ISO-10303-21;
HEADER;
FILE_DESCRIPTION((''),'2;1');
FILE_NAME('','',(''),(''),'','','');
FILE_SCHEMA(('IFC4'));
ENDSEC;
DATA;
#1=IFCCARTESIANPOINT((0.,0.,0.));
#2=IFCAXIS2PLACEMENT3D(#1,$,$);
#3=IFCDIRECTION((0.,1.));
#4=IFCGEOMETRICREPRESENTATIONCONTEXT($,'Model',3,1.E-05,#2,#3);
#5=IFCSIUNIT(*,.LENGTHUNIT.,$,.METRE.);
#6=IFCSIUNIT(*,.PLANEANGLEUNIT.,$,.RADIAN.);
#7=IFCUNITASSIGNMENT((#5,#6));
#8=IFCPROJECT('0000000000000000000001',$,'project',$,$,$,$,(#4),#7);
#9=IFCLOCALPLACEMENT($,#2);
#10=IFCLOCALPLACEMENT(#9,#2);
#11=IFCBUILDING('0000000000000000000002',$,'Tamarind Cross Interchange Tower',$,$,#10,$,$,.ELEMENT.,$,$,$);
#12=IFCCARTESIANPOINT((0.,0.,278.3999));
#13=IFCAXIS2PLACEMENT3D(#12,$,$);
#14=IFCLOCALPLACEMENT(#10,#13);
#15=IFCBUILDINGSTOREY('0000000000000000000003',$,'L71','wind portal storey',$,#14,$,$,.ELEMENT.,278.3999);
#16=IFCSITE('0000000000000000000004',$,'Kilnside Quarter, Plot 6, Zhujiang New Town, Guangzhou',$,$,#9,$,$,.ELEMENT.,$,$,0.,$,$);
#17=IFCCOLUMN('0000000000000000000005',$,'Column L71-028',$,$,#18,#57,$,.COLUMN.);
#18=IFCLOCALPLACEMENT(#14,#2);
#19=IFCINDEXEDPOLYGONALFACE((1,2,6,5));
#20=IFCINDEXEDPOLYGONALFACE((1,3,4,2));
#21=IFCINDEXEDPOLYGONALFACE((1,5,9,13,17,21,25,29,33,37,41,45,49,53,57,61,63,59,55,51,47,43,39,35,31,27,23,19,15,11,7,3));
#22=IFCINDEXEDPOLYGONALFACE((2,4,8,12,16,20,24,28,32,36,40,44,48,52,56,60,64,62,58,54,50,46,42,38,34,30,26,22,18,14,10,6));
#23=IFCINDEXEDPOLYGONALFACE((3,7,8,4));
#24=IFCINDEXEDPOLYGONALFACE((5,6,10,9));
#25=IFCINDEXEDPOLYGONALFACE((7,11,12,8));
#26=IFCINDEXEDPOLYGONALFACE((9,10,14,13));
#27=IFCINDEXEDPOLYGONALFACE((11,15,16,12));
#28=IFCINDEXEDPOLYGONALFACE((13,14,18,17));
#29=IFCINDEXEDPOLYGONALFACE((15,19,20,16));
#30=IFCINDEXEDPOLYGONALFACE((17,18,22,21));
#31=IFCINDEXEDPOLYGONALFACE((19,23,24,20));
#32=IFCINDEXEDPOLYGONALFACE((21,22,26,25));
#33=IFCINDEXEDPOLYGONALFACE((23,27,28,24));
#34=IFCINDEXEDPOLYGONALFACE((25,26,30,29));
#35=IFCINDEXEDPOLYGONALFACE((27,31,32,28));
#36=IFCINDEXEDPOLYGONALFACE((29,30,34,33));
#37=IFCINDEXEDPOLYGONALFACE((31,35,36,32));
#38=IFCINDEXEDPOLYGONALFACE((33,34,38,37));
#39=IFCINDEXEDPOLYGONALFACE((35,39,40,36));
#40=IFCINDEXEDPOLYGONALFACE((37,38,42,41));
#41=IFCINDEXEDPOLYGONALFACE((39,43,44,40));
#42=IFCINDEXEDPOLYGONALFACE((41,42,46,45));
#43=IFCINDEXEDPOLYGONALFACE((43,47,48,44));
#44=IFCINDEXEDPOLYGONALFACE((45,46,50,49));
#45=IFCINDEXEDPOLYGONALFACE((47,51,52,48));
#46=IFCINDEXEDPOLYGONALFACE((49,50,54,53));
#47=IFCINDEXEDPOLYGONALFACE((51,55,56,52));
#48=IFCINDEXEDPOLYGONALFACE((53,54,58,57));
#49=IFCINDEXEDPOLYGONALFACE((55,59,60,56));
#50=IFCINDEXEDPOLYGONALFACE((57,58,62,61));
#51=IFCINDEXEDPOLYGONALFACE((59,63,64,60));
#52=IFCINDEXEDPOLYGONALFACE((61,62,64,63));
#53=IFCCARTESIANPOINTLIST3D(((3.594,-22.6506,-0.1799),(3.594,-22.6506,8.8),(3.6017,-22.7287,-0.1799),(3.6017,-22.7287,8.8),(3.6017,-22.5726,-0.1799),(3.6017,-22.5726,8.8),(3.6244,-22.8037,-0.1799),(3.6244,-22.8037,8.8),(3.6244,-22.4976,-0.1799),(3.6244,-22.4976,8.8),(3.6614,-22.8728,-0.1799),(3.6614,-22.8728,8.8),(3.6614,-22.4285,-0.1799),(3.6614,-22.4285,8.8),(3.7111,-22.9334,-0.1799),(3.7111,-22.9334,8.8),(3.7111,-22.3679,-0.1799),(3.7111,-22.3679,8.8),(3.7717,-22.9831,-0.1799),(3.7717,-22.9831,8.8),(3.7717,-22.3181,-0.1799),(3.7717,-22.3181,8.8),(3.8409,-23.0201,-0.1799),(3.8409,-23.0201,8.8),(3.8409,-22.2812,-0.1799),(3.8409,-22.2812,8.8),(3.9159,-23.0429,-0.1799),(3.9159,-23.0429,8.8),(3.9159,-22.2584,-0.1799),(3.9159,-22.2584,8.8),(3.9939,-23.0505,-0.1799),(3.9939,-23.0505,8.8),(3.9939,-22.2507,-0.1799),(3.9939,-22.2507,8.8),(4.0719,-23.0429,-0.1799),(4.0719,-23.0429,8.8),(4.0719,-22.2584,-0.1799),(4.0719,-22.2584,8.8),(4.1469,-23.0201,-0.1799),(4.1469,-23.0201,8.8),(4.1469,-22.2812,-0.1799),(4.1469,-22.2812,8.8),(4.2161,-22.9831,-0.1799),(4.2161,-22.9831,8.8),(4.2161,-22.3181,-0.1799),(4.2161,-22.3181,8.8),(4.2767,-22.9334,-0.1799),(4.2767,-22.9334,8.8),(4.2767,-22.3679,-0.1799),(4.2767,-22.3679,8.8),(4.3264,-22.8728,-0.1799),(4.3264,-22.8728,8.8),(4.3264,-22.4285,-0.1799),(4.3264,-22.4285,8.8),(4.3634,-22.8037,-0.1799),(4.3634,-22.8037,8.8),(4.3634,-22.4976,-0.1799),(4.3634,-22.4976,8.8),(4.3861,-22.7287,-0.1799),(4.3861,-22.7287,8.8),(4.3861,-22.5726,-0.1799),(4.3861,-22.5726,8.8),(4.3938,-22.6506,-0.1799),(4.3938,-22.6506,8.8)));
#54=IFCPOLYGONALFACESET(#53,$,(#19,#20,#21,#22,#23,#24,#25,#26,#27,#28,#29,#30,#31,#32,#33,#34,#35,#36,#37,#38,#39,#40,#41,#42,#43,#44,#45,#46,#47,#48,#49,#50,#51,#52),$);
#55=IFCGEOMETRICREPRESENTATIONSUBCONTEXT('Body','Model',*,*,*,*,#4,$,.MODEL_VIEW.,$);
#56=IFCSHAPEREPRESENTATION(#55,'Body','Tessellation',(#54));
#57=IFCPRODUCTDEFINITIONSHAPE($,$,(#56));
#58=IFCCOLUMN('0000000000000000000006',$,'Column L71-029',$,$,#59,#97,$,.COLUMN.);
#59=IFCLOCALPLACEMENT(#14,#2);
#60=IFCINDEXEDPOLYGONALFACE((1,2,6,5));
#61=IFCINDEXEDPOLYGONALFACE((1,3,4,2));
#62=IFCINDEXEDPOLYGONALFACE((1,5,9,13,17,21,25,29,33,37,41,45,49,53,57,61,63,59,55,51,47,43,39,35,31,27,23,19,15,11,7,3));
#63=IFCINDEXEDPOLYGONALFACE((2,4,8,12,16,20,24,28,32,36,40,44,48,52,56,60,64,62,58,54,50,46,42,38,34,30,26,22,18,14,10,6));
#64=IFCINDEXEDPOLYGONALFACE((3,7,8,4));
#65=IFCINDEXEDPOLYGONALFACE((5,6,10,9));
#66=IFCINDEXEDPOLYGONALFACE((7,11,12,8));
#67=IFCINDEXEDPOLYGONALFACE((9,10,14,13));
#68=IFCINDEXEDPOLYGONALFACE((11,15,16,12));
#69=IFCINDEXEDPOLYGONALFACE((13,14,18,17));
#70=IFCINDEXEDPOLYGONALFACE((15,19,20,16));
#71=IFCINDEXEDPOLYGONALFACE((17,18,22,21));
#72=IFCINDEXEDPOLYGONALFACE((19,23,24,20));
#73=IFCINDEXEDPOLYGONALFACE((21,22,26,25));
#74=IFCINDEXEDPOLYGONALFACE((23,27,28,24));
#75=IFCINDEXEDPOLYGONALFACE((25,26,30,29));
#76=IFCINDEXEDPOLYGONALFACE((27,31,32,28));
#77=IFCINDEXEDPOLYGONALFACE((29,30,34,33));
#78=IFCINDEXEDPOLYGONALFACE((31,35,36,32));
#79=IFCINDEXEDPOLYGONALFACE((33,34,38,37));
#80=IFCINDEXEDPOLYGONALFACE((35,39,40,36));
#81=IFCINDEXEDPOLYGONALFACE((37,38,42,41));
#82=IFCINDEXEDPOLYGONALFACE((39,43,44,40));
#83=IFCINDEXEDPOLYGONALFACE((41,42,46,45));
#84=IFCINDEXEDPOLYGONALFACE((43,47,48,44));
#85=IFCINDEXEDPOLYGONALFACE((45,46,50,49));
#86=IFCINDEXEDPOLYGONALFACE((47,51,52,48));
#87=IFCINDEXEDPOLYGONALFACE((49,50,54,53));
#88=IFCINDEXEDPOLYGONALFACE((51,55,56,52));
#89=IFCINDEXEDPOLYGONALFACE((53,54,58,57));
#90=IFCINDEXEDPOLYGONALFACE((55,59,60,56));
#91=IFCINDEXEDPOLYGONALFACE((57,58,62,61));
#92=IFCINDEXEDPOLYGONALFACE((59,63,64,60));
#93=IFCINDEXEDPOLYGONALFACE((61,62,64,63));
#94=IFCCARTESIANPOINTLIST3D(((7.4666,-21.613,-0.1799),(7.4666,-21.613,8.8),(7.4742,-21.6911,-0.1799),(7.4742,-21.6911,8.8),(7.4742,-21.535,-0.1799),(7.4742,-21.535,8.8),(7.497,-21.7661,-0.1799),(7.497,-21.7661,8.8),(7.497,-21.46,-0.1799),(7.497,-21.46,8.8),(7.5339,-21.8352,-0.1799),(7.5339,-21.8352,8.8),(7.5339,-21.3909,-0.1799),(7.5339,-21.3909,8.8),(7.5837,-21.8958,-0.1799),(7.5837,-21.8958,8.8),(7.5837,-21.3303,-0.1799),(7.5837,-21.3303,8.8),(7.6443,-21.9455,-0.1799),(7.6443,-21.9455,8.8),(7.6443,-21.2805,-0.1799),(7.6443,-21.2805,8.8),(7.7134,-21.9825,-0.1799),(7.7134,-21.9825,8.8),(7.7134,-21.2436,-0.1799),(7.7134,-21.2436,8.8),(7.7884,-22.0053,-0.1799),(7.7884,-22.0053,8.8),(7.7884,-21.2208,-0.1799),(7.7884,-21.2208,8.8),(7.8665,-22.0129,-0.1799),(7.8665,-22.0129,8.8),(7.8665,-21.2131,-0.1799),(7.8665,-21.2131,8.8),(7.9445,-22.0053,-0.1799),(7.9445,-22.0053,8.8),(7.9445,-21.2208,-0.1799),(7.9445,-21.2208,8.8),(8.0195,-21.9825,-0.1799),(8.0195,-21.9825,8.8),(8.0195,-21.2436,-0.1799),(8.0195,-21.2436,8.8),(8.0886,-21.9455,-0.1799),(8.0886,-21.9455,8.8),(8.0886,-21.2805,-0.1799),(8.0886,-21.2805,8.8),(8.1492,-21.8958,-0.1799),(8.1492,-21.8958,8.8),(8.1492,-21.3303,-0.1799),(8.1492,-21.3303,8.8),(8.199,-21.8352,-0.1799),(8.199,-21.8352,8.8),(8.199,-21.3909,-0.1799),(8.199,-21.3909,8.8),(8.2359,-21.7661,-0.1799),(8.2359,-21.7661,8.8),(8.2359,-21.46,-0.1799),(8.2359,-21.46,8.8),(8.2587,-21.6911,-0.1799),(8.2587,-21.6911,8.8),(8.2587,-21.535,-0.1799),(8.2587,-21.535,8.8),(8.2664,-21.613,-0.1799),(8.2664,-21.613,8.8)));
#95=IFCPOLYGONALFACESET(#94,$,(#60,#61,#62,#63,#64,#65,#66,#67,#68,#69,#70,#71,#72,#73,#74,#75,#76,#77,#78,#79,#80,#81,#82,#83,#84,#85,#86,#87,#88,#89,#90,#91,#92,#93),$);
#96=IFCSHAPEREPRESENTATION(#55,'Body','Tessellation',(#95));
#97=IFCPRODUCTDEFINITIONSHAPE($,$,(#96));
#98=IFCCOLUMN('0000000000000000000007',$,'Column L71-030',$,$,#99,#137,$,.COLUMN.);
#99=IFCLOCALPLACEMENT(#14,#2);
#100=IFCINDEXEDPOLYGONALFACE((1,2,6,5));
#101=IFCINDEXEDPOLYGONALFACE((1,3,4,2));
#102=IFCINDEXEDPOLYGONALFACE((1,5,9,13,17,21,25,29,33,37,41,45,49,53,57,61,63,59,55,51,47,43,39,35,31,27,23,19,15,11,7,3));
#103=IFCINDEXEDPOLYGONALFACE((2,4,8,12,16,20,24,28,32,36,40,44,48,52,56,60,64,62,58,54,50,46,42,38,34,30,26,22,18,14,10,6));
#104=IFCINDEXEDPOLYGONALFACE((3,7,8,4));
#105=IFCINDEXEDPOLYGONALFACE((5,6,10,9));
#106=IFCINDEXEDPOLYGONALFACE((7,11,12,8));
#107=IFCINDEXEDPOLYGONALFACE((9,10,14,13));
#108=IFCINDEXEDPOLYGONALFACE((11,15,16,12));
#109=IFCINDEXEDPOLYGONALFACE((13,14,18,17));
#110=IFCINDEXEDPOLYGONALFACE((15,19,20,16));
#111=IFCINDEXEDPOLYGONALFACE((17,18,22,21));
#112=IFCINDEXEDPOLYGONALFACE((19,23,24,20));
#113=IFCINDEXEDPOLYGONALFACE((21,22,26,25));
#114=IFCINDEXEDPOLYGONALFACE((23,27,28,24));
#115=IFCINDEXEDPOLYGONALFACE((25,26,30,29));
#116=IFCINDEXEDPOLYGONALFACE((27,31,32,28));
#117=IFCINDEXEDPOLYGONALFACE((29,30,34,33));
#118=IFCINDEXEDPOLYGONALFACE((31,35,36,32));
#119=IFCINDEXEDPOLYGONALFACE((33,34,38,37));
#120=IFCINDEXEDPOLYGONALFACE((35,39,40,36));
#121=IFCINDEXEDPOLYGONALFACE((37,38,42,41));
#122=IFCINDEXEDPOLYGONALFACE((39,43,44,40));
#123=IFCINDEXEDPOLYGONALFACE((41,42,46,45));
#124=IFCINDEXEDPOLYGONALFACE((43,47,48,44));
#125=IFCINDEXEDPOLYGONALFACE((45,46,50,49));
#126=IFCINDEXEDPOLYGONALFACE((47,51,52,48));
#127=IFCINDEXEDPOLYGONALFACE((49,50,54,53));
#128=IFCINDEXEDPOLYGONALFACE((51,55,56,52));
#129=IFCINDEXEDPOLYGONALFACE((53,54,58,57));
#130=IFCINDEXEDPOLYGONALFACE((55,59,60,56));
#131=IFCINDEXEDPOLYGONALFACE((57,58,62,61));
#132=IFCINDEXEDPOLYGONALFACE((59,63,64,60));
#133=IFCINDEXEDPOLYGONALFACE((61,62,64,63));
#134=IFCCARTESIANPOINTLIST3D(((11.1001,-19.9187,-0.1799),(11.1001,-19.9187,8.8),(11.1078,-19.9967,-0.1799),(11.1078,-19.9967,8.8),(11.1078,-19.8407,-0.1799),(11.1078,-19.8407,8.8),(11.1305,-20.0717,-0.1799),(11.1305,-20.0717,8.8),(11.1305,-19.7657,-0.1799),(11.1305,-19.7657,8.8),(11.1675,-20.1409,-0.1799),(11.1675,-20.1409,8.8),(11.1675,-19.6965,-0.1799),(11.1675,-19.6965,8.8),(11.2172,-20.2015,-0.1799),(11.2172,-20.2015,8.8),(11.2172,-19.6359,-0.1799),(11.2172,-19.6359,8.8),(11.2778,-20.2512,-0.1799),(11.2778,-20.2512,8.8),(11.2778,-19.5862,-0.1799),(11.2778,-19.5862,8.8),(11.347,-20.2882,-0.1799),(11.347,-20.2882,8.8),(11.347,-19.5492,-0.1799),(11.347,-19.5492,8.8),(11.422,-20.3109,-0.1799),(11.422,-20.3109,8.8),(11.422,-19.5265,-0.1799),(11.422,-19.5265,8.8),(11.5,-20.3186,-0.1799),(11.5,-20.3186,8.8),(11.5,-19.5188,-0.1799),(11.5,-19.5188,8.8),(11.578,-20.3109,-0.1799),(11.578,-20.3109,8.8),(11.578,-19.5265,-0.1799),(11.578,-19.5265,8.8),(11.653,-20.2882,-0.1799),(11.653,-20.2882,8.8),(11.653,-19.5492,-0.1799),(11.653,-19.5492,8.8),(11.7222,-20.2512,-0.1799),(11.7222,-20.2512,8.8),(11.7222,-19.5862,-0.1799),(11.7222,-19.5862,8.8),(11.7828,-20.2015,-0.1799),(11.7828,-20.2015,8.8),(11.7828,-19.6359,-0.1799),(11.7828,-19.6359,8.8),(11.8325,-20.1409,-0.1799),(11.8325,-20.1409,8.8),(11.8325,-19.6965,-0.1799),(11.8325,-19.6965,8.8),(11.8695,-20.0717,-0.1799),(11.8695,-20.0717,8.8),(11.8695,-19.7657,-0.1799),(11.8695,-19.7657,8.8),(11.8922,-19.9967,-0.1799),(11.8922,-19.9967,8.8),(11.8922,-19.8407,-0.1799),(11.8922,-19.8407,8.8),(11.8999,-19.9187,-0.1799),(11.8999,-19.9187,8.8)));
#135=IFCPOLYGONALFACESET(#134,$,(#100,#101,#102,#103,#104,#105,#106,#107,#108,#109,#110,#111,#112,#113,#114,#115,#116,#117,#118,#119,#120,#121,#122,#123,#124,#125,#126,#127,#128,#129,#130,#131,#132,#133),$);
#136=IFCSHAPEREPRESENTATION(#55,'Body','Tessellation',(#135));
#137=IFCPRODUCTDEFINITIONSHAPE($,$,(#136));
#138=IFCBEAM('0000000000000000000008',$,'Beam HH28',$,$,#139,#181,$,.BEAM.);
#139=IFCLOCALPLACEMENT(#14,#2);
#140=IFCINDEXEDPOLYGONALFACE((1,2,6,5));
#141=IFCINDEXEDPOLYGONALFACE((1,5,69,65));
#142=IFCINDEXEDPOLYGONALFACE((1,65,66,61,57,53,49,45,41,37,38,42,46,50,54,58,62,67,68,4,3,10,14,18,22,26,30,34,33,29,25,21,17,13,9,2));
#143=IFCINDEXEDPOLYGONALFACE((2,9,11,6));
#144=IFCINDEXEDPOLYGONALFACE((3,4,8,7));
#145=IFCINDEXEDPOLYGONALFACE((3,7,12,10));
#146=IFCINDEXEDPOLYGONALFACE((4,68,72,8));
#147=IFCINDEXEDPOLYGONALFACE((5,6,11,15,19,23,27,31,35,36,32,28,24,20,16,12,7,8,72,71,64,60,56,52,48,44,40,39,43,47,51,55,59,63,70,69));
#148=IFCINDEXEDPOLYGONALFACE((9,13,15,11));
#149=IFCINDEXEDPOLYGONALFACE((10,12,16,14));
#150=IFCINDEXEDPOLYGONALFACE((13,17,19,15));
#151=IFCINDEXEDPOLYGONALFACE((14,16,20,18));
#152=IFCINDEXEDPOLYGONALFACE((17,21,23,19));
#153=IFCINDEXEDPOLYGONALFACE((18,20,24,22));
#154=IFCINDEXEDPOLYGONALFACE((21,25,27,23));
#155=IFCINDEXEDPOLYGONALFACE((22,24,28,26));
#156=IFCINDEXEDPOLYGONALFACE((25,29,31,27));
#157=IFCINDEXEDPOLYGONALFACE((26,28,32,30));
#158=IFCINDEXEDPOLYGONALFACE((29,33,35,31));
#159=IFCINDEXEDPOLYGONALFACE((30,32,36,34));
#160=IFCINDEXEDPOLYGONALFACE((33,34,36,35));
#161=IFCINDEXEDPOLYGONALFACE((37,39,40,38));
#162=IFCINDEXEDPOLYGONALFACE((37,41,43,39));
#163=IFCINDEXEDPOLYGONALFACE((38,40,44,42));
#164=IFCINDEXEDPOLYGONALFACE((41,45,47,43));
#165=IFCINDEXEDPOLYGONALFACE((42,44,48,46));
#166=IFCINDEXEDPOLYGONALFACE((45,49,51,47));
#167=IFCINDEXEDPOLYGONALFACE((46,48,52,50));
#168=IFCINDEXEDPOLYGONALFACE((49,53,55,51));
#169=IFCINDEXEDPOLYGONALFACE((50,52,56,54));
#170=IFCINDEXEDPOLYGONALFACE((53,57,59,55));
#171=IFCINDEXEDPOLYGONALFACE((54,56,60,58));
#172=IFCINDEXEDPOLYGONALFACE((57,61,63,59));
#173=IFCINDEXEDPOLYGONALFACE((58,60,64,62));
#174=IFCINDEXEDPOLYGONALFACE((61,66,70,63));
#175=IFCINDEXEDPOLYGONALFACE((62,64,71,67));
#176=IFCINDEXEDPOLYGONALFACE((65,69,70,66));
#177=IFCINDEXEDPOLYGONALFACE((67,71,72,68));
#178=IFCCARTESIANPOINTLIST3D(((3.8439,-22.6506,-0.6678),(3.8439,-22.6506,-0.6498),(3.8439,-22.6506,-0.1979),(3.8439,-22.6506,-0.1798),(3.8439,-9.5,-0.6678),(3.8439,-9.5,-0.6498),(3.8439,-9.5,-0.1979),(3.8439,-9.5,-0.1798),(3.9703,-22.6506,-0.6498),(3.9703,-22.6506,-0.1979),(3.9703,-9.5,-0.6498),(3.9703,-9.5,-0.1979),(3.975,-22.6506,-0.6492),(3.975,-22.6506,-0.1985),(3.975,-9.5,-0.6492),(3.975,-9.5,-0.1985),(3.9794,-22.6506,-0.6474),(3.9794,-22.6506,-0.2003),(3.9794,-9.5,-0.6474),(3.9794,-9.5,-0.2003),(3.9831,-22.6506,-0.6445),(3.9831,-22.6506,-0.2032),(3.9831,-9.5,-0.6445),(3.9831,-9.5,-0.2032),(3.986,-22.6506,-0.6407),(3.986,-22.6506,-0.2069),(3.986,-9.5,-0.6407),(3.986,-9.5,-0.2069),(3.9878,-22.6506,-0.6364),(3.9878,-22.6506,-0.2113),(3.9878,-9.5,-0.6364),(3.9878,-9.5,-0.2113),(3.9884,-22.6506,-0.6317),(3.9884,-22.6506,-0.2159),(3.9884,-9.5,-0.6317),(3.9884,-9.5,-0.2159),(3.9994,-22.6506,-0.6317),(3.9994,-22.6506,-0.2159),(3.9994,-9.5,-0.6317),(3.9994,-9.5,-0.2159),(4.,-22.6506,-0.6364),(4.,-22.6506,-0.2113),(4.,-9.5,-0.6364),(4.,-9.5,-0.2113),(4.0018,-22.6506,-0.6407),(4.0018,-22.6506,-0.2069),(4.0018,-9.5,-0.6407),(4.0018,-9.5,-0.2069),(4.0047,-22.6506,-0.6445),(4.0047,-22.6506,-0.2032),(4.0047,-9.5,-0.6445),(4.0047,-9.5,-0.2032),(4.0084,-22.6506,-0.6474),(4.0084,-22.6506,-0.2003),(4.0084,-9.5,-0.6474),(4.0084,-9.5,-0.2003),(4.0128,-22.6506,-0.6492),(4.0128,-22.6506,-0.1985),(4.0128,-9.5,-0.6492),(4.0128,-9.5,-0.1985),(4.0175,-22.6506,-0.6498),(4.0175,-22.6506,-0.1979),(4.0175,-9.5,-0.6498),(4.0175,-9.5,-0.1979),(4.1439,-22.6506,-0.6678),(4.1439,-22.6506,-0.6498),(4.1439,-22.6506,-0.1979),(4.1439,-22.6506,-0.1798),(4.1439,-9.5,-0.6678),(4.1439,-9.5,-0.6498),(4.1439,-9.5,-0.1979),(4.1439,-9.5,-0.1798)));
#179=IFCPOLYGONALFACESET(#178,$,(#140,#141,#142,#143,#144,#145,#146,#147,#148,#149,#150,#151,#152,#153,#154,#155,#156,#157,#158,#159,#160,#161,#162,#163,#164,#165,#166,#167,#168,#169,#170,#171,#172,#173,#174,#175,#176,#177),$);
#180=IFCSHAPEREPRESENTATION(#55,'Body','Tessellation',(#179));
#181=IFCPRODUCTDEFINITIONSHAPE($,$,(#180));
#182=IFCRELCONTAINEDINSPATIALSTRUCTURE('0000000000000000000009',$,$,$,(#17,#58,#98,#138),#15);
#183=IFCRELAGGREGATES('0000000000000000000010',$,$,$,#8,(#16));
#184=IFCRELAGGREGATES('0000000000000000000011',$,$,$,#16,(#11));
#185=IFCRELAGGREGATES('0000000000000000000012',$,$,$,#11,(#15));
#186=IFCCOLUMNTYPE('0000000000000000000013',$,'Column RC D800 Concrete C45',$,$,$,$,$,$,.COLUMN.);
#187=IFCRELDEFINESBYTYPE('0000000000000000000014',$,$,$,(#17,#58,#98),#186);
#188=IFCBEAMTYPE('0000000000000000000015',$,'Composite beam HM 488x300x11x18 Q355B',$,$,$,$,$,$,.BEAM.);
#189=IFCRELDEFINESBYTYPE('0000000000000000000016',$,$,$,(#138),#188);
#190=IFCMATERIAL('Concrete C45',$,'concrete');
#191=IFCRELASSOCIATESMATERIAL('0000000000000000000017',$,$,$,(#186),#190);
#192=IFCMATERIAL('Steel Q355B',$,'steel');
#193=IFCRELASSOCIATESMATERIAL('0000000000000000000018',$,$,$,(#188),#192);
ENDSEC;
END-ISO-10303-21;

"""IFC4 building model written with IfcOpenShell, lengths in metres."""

from ifc_helpers import new_model, si_unit, direction, frame, origin, origin_2d, place, context, subcontext, project, spatial, circle, i_section, extrude, material, material_profile, profile_set, type_object, element, save


model = new_model("IFC4")

# Units and contexts
model_context = context("Model", 3, precision=1e-05, world=origin(), true_north=direction((0.0, 1.0)))
body_context = subcontext(model_context, "Body", "Model", "MODEL_VIEW")
ifc_project = project(units=[si_unit("LENGTHUNIT", "METRE"), si_unit("PLANEANGLEUNIT", "RADIAN")], contexts=[model_context])

# Site, building, storey
site_placement = place(None, origin())
site = spatial("IfcSite", under=ifc_project, at=site_placement, Name="Kilnside Quarter, Plot 6, Zhujiang New Town, Guangzhou", CompositionType="ELEMENT", RefElevation=0.0)
building_placement = place(site_placement, origin())
building = spatial("IfcBuilding", under=site, at=building_placement, Name="Tamarind Cross Interchange Tower", CompositionType="ELEMENT")
storey_placement = place(building_placement, frame((0.0, 0.0, 278.3999)))
storey = spatial("IfcBuildingStorey", under=building, at=storey_placement, Name="L71", Description="wind portal storey", CompositionType="ELEMENT", Elevation=278.3999)

# Columns
ifc_material_1 = material(Name="Concrete C45", Category="concrete")
ifc_material_profile_1 = material_profile(ifc_material_1, circle(Radius=0.3999, at=origin_2d()), Name="RC D800")
ifc_profile_set_1 = profile_set([ifc_material_profile_1], Name="Concrete C45")
column_type = type_object("IfcColumnType", Name="Column RC D800 Concrete C45", PredefinedType="COLUMN", material=ifc_profile_set_1)
for number, where, z_axis, x_axis, name in (
    (1, (3.9939, -22.6506, -0.1799), (0.0, 0.0, 1.0), (1.0, 0.0, 0.0), "Column L71-028"),
    (2, (7.8665, -21.613, -0.1799), (0.0, 0.0, 1.0), (1.0, 0.0, 0.0), "Column L71-029"),
    (3, (11.5, -19.9187, -0.1799), (0.0, 0.0, 1.0), (1.0, 0.0, 0.0), "Column L71-030"),
):
    element("IfcColumn", number, at=place(storey_placement, frame(where, z_axis=z_axis, x_axis=x_axis)), inside=storey, type_object=column_type, Name=name, PredefinedType="COLUMN", context=body_context, shape_type="SweptSolid", body=[
        extrude(circle(Radius=0.3999, at=origin_2d()), origin(), (0.0, 0.0, 1.0), 8.98),
    ])

# Beam
ifc_material_2 = material(Name="Steel Q355B", Category="steel")
ifc_material_profile_2 = material_profile(ifc_material_2, i_section(OverallWidth=0.3, OverallDepth=0.488, WebThickness=0.011, FlangeThickness=0.0181, FilletRadius=0.0181, at=origin_2d()), Name="HM 488x300x11x18")
ifc_profile_set_2 = profile_set([ifc_material_profile_2], Name="Steel Q355B")
beam_type = type_object("IfcBeamType", Name="Composite beam HM 488x300x11x18 Q355B", PredefinedType="BEAM", material=ifc_profile_set_2)
beam_1_placement = place(storey_placement, frame((3.9939, -22.6506, -0.4238), z_axis=(0.0, 1.0, 0.0), x_axis=(-1.0, 0.0, 0.0)))
element("IfcBeam", 4, at=beam_1_placement, inside=storey, type_object=beam_type, Name="Beam HH28", PredefinedType="BEAM", context=body_context, shape_type="SweptSolid", body=[
    extrude(i_section(OverallWidth=0.3, OverallDepth=0.488, WebThickness=0.011, FlangeThickness=0.0181, FilletRadius=0.0181, at=origin_2d()), origin(), (0.0, 0.0, 1.0), 13.1506),
])

save(model, "model.ifc")
